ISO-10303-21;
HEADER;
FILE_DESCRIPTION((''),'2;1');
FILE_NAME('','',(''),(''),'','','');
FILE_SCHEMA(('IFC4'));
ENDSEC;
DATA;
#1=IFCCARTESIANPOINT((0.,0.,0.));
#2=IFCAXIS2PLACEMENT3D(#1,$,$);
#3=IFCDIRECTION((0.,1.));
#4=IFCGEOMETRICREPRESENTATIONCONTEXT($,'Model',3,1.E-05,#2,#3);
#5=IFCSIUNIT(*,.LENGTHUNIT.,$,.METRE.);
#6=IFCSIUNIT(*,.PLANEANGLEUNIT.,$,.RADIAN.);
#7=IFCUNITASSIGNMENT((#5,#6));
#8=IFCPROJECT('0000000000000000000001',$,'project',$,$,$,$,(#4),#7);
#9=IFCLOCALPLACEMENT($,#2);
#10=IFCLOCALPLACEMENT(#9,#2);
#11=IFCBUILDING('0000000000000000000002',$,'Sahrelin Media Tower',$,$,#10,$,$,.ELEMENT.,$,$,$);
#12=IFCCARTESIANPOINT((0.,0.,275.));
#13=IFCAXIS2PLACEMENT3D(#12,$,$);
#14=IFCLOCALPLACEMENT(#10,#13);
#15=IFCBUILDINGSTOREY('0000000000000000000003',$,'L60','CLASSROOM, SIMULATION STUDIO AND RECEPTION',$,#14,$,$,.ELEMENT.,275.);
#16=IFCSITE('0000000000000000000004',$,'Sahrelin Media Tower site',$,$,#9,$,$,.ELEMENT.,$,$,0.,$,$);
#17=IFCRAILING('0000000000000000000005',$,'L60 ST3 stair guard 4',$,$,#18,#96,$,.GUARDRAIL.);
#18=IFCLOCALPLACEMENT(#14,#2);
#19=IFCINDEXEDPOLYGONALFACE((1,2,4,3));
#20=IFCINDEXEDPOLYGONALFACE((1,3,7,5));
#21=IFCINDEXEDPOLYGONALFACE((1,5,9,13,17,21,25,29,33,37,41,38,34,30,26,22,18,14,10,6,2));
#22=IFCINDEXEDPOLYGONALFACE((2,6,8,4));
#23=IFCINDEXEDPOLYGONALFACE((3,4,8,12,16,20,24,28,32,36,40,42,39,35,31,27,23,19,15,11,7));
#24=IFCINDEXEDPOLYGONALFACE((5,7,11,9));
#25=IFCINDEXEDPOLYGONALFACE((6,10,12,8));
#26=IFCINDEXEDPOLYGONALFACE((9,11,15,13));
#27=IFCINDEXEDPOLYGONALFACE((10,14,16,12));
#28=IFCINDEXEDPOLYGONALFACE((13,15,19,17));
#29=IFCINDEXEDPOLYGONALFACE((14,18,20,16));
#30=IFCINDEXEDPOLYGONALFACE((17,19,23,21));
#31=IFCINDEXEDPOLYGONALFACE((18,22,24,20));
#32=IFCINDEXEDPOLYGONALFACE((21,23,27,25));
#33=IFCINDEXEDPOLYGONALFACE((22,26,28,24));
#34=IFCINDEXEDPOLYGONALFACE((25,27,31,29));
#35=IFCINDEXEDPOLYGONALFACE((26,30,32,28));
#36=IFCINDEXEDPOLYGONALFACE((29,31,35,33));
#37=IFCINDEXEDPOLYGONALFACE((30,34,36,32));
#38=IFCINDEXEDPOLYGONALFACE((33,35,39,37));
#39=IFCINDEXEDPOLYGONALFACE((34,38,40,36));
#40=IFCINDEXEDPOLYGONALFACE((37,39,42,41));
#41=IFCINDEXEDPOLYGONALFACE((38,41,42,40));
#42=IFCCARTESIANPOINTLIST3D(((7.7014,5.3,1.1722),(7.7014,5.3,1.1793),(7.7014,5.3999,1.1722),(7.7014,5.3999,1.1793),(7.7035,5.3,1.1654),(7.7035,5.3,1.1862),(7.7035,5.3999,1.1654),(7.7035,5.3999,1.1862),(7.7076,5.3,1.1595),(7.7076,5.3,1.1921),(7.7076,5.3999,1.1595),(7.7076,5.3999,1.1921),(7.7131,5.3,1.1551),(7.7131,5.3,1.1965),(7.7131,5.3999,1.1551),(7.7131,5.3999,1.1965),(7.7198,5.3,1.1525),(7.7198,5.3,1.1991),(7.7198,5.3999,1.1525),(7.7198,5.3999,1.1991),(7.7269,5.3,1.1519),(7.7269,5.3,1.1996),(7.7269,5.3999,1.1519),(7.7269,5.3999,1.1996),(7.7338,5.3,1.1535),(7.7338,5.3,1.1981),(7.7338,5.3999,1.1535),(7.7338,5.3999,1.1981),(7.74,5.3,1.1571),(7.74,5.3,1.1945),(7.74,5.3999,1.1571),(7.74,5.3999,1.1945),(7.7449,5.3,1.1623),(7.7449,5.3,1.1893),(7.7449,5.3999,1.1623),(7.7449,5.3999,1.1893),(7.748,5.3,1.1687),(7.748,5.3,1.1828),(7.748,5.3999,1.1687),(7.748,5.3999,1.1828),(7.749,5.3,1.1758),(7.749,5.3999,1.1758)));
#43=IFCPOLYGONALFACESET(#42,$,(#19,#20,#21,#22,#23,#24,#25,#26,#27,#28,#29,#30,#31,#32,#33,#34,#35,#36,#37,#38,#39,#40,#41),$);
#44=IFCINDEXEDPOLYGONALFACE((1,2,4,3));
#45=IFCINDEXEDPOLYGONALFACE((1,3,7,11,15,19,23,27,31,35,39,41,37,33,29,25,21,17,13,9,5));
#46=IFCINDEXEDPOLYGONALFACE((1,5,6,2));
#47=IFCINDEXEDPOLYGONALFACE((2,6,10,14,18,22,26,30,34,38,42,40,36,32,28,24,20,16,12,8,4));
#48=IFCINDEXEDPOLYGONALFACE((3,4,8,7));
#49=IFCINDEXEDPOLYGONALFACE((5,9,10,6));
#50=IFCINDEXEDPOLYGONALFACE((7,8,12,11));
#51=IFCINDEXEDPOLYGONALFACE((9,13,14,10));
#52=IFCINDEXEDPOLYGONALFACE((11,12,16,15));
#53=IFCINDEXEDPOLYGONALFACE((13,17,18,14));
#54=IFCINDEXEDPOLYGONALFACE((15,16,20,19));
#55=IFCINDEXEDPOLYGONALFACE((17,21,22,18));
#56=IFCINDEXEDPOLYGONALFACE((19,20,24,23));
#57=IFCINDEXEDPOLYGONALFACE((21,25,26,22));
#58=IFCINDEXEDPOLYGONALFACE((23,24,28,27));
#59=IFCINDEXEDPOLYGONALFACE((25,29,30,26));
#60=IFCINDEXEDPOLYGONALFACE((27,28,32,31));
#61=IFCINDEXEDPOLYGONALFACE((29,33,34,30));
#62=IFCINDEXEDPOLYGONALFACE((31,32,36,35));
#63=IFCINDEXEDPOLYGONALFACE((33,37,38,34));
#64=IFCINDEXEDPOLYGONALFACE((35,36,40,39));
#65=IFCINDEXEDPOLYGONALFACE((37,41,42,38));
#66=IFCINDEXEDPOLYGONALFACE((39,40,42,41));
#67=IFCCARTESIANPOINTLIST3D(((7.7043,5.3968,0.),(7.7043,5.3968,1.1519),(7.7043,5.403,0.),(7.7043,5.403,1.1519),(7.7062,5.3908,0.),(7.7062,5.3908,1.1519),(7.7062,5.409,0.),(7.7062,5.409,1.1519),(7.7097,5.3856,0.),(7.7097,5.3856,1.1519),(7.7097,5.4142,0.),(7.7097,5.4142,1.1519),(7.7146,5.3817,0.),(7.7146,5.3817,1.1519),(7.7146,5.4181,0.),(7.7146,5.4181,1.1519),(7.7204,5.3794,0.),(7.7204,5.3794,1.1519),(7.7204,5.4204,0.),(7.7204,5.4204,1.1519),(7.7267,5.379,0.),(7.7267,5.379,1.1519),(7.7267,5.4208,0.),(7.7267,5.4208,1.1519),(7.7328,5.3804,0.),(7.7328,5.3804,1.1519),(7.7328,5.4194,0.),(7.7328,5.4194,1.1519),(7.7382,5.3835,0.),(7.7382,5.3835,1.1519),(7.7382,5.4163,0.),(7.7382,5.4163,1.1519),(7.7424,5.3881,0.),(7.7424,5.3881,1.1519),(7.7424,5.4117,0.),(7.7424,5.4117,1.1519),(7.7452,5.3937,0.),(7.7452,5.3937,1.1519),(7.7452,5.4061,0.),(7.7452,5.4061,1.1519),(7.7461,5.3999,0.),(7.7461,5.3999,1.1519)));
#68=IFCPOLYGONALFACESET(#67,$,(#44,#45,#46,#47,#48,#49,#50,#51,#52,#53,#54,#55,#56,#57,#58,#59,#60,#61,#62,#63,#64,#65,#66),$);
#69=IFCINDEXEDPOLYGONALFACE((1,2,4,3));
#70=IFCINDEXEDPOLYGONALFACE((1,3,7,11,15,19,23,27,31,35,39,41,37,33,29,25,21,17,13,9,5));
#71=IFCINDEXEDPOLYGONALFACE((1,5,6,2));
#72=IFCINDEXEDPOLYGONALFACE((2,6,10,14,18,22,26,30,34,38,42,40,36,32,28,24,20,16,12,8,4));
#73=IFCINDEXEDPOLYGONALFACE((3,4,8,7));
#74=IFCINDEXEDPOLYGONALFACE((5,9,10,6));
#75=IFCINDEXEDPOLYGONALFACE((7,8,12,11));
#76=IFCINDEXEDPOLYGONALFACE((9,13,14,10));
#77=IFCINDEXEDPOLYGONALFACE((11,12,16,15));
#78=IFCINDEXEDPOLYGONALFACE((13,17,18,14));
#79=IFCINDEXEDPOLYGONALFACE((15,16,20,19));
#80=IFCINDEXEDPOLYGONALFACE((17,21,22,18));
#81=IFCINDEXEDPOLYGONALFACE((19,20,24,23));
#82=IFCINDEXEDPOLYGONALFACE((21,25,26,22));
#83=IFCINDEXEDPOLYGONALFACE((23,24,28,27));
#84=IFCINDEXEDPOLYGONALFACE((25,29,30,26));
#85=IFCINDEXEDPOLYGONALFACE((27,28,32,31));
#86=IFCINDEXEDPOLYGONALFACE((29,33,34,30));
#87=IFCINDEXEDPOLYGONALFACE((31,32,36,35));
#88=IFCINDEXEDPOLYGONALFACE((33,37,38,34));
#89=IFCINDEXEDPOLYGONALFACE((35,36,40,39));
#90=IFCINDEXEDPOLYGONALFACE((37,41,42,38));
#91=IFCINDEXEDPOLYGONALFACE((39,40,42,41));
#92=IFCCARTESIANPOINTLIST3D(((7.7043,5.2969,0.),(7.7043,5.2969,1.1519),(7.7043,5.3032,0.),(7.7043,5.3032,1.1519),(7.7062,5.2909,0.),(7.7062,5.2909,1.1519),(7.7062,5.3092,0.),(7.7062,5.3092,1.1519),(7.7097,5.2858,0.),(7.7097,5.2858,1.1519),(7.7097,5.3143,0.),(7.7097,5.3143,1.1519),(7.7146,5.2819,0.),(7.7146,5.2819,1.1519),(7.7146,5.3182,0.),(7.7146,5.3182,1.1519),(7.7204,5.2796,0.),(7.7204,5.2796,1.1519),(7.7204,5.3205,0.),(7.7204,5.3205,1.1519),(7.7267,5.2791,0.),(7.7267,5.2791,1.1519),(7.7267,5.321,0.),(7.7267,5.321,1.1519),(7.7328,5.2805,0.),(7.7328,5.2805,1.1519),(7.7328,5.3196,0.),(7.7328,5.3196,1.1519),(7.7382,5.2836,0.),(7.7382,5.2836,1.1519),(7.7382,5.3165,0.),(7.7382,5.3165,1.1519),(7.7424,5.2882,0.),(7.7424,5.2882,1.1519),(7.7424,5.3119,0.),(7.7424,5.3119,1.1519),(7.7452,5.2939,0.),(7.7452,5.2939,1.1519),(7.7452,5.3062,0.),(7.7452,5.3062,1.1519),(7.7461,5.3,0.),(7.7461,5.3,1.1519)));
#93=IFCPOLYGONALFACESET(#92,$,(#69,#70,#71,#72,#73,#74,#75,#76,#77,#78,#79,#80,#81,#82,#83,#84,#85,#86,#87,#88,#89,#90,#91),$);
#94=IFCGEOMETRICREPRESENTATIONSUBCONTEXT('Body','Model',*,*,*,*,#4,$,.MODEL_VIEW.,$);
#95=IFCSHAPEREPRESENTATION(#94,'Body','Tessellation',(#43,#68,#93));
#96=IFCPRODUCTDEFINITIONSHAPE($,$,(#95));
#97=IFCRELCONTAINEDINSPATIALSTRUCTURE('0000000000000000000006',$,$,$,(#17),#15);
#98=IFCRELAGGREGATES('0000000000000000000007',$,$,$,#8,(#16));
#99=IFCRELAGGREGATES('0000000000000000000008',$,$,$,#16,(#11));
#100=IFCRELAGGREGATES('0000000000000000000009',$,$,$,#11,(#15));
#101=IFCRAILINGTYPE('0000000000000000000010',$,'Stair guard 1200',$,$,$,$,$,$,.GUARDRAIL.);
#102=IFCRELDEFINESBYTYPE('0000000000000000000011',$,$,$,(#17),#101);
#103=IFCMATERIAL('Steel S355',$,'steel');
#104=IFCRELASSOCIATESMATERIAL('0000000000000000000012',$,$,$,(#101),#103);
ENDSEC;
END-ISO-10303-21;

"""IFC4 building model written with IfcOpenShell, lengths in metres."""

from ifc_helpers import new_model, si_unit, direction, frame, origin, origin_2d, place, context, subcontext, project, spatial, circle, extrude, material, type_object, element, save


model = new_model("IFC4")

# Units and contexts
model_context = context("Model", 3, precision=1e-05, world=origin(), true_north=direction((0.0, 1.0)))
body_context = subcontext(model_context, "Body", "Model", "MODEL_VIEW")
ifc_project = project(units=[si_unit("LENGTHUNIT", "METRE"), si_unit("PLANEANGLEUNIT", "RADIAN")], contexts=[model_context])

# Site, building, storey
site_placement = place(None, origin())
site = spatial("IfcSite", under=ifc_project, at=site_placement, Name="Sahrelin Media Tower site", CompositionType="ELEMENT", RefElevation=0.0)
building_placement = place(site_placement, origin())
building = spatial("IfcBuilding", under=site, at=building_placement, Name="Sahrelin Media Tower", CompositionType="ELEMENT")
storey_placement = place(building_placement, frame((0.0, 0.0, 275.0)))
storey = spatial("IfcBuildingStorey", under=building, at=storey_placement, Name="L60", Description="CLASSROOM, SIMULATION STUDIO AND RECEPTION", CompositionType="ELEMENT", Elevation=275.0)

# Shared definitions
ifc_material_1 = material(Name="Steel S355", Category="steel")

# Railing
railing_type_1 = type_object("IfcRailingType", Name="Stair guard 1200", PredefinedType="GUARDRAIL", material=ifc_material_1)
railing_1_placement = place(storey_placement, frame((7.7251, 5.3999, 0.0)))
element("IfcRailing", 1, at=railing_1_placement, inside=storey, type_object=railing_type_1, Name="L60 ST3 stair guard 4", PredefinedType="GUARDRAIL", context=body_context, shape_type="SweptSolid", body=[
    extrude(circle(Radius=0.0239, at=origin_2d()), frame((0.0, 0.0, 1.1758), z_axis=(0.0, -1.0, 0.0), x_axis=(1.0, 0.0, 0.0)), (0.0, 0.0, 1.0), 0.0999),
    extrude(circle(Radius=0.021, at=origin_2d()), origin(), (0.0, 0.0, 1.0), 1.1519),
    extrude(circle(Radius=0.021, at=origin_2d()), frame((0.0, -0.0999, 0.0)), (0.0, 0.0, 1.0), 1.1519),
])

save(model, "model.ifc")
